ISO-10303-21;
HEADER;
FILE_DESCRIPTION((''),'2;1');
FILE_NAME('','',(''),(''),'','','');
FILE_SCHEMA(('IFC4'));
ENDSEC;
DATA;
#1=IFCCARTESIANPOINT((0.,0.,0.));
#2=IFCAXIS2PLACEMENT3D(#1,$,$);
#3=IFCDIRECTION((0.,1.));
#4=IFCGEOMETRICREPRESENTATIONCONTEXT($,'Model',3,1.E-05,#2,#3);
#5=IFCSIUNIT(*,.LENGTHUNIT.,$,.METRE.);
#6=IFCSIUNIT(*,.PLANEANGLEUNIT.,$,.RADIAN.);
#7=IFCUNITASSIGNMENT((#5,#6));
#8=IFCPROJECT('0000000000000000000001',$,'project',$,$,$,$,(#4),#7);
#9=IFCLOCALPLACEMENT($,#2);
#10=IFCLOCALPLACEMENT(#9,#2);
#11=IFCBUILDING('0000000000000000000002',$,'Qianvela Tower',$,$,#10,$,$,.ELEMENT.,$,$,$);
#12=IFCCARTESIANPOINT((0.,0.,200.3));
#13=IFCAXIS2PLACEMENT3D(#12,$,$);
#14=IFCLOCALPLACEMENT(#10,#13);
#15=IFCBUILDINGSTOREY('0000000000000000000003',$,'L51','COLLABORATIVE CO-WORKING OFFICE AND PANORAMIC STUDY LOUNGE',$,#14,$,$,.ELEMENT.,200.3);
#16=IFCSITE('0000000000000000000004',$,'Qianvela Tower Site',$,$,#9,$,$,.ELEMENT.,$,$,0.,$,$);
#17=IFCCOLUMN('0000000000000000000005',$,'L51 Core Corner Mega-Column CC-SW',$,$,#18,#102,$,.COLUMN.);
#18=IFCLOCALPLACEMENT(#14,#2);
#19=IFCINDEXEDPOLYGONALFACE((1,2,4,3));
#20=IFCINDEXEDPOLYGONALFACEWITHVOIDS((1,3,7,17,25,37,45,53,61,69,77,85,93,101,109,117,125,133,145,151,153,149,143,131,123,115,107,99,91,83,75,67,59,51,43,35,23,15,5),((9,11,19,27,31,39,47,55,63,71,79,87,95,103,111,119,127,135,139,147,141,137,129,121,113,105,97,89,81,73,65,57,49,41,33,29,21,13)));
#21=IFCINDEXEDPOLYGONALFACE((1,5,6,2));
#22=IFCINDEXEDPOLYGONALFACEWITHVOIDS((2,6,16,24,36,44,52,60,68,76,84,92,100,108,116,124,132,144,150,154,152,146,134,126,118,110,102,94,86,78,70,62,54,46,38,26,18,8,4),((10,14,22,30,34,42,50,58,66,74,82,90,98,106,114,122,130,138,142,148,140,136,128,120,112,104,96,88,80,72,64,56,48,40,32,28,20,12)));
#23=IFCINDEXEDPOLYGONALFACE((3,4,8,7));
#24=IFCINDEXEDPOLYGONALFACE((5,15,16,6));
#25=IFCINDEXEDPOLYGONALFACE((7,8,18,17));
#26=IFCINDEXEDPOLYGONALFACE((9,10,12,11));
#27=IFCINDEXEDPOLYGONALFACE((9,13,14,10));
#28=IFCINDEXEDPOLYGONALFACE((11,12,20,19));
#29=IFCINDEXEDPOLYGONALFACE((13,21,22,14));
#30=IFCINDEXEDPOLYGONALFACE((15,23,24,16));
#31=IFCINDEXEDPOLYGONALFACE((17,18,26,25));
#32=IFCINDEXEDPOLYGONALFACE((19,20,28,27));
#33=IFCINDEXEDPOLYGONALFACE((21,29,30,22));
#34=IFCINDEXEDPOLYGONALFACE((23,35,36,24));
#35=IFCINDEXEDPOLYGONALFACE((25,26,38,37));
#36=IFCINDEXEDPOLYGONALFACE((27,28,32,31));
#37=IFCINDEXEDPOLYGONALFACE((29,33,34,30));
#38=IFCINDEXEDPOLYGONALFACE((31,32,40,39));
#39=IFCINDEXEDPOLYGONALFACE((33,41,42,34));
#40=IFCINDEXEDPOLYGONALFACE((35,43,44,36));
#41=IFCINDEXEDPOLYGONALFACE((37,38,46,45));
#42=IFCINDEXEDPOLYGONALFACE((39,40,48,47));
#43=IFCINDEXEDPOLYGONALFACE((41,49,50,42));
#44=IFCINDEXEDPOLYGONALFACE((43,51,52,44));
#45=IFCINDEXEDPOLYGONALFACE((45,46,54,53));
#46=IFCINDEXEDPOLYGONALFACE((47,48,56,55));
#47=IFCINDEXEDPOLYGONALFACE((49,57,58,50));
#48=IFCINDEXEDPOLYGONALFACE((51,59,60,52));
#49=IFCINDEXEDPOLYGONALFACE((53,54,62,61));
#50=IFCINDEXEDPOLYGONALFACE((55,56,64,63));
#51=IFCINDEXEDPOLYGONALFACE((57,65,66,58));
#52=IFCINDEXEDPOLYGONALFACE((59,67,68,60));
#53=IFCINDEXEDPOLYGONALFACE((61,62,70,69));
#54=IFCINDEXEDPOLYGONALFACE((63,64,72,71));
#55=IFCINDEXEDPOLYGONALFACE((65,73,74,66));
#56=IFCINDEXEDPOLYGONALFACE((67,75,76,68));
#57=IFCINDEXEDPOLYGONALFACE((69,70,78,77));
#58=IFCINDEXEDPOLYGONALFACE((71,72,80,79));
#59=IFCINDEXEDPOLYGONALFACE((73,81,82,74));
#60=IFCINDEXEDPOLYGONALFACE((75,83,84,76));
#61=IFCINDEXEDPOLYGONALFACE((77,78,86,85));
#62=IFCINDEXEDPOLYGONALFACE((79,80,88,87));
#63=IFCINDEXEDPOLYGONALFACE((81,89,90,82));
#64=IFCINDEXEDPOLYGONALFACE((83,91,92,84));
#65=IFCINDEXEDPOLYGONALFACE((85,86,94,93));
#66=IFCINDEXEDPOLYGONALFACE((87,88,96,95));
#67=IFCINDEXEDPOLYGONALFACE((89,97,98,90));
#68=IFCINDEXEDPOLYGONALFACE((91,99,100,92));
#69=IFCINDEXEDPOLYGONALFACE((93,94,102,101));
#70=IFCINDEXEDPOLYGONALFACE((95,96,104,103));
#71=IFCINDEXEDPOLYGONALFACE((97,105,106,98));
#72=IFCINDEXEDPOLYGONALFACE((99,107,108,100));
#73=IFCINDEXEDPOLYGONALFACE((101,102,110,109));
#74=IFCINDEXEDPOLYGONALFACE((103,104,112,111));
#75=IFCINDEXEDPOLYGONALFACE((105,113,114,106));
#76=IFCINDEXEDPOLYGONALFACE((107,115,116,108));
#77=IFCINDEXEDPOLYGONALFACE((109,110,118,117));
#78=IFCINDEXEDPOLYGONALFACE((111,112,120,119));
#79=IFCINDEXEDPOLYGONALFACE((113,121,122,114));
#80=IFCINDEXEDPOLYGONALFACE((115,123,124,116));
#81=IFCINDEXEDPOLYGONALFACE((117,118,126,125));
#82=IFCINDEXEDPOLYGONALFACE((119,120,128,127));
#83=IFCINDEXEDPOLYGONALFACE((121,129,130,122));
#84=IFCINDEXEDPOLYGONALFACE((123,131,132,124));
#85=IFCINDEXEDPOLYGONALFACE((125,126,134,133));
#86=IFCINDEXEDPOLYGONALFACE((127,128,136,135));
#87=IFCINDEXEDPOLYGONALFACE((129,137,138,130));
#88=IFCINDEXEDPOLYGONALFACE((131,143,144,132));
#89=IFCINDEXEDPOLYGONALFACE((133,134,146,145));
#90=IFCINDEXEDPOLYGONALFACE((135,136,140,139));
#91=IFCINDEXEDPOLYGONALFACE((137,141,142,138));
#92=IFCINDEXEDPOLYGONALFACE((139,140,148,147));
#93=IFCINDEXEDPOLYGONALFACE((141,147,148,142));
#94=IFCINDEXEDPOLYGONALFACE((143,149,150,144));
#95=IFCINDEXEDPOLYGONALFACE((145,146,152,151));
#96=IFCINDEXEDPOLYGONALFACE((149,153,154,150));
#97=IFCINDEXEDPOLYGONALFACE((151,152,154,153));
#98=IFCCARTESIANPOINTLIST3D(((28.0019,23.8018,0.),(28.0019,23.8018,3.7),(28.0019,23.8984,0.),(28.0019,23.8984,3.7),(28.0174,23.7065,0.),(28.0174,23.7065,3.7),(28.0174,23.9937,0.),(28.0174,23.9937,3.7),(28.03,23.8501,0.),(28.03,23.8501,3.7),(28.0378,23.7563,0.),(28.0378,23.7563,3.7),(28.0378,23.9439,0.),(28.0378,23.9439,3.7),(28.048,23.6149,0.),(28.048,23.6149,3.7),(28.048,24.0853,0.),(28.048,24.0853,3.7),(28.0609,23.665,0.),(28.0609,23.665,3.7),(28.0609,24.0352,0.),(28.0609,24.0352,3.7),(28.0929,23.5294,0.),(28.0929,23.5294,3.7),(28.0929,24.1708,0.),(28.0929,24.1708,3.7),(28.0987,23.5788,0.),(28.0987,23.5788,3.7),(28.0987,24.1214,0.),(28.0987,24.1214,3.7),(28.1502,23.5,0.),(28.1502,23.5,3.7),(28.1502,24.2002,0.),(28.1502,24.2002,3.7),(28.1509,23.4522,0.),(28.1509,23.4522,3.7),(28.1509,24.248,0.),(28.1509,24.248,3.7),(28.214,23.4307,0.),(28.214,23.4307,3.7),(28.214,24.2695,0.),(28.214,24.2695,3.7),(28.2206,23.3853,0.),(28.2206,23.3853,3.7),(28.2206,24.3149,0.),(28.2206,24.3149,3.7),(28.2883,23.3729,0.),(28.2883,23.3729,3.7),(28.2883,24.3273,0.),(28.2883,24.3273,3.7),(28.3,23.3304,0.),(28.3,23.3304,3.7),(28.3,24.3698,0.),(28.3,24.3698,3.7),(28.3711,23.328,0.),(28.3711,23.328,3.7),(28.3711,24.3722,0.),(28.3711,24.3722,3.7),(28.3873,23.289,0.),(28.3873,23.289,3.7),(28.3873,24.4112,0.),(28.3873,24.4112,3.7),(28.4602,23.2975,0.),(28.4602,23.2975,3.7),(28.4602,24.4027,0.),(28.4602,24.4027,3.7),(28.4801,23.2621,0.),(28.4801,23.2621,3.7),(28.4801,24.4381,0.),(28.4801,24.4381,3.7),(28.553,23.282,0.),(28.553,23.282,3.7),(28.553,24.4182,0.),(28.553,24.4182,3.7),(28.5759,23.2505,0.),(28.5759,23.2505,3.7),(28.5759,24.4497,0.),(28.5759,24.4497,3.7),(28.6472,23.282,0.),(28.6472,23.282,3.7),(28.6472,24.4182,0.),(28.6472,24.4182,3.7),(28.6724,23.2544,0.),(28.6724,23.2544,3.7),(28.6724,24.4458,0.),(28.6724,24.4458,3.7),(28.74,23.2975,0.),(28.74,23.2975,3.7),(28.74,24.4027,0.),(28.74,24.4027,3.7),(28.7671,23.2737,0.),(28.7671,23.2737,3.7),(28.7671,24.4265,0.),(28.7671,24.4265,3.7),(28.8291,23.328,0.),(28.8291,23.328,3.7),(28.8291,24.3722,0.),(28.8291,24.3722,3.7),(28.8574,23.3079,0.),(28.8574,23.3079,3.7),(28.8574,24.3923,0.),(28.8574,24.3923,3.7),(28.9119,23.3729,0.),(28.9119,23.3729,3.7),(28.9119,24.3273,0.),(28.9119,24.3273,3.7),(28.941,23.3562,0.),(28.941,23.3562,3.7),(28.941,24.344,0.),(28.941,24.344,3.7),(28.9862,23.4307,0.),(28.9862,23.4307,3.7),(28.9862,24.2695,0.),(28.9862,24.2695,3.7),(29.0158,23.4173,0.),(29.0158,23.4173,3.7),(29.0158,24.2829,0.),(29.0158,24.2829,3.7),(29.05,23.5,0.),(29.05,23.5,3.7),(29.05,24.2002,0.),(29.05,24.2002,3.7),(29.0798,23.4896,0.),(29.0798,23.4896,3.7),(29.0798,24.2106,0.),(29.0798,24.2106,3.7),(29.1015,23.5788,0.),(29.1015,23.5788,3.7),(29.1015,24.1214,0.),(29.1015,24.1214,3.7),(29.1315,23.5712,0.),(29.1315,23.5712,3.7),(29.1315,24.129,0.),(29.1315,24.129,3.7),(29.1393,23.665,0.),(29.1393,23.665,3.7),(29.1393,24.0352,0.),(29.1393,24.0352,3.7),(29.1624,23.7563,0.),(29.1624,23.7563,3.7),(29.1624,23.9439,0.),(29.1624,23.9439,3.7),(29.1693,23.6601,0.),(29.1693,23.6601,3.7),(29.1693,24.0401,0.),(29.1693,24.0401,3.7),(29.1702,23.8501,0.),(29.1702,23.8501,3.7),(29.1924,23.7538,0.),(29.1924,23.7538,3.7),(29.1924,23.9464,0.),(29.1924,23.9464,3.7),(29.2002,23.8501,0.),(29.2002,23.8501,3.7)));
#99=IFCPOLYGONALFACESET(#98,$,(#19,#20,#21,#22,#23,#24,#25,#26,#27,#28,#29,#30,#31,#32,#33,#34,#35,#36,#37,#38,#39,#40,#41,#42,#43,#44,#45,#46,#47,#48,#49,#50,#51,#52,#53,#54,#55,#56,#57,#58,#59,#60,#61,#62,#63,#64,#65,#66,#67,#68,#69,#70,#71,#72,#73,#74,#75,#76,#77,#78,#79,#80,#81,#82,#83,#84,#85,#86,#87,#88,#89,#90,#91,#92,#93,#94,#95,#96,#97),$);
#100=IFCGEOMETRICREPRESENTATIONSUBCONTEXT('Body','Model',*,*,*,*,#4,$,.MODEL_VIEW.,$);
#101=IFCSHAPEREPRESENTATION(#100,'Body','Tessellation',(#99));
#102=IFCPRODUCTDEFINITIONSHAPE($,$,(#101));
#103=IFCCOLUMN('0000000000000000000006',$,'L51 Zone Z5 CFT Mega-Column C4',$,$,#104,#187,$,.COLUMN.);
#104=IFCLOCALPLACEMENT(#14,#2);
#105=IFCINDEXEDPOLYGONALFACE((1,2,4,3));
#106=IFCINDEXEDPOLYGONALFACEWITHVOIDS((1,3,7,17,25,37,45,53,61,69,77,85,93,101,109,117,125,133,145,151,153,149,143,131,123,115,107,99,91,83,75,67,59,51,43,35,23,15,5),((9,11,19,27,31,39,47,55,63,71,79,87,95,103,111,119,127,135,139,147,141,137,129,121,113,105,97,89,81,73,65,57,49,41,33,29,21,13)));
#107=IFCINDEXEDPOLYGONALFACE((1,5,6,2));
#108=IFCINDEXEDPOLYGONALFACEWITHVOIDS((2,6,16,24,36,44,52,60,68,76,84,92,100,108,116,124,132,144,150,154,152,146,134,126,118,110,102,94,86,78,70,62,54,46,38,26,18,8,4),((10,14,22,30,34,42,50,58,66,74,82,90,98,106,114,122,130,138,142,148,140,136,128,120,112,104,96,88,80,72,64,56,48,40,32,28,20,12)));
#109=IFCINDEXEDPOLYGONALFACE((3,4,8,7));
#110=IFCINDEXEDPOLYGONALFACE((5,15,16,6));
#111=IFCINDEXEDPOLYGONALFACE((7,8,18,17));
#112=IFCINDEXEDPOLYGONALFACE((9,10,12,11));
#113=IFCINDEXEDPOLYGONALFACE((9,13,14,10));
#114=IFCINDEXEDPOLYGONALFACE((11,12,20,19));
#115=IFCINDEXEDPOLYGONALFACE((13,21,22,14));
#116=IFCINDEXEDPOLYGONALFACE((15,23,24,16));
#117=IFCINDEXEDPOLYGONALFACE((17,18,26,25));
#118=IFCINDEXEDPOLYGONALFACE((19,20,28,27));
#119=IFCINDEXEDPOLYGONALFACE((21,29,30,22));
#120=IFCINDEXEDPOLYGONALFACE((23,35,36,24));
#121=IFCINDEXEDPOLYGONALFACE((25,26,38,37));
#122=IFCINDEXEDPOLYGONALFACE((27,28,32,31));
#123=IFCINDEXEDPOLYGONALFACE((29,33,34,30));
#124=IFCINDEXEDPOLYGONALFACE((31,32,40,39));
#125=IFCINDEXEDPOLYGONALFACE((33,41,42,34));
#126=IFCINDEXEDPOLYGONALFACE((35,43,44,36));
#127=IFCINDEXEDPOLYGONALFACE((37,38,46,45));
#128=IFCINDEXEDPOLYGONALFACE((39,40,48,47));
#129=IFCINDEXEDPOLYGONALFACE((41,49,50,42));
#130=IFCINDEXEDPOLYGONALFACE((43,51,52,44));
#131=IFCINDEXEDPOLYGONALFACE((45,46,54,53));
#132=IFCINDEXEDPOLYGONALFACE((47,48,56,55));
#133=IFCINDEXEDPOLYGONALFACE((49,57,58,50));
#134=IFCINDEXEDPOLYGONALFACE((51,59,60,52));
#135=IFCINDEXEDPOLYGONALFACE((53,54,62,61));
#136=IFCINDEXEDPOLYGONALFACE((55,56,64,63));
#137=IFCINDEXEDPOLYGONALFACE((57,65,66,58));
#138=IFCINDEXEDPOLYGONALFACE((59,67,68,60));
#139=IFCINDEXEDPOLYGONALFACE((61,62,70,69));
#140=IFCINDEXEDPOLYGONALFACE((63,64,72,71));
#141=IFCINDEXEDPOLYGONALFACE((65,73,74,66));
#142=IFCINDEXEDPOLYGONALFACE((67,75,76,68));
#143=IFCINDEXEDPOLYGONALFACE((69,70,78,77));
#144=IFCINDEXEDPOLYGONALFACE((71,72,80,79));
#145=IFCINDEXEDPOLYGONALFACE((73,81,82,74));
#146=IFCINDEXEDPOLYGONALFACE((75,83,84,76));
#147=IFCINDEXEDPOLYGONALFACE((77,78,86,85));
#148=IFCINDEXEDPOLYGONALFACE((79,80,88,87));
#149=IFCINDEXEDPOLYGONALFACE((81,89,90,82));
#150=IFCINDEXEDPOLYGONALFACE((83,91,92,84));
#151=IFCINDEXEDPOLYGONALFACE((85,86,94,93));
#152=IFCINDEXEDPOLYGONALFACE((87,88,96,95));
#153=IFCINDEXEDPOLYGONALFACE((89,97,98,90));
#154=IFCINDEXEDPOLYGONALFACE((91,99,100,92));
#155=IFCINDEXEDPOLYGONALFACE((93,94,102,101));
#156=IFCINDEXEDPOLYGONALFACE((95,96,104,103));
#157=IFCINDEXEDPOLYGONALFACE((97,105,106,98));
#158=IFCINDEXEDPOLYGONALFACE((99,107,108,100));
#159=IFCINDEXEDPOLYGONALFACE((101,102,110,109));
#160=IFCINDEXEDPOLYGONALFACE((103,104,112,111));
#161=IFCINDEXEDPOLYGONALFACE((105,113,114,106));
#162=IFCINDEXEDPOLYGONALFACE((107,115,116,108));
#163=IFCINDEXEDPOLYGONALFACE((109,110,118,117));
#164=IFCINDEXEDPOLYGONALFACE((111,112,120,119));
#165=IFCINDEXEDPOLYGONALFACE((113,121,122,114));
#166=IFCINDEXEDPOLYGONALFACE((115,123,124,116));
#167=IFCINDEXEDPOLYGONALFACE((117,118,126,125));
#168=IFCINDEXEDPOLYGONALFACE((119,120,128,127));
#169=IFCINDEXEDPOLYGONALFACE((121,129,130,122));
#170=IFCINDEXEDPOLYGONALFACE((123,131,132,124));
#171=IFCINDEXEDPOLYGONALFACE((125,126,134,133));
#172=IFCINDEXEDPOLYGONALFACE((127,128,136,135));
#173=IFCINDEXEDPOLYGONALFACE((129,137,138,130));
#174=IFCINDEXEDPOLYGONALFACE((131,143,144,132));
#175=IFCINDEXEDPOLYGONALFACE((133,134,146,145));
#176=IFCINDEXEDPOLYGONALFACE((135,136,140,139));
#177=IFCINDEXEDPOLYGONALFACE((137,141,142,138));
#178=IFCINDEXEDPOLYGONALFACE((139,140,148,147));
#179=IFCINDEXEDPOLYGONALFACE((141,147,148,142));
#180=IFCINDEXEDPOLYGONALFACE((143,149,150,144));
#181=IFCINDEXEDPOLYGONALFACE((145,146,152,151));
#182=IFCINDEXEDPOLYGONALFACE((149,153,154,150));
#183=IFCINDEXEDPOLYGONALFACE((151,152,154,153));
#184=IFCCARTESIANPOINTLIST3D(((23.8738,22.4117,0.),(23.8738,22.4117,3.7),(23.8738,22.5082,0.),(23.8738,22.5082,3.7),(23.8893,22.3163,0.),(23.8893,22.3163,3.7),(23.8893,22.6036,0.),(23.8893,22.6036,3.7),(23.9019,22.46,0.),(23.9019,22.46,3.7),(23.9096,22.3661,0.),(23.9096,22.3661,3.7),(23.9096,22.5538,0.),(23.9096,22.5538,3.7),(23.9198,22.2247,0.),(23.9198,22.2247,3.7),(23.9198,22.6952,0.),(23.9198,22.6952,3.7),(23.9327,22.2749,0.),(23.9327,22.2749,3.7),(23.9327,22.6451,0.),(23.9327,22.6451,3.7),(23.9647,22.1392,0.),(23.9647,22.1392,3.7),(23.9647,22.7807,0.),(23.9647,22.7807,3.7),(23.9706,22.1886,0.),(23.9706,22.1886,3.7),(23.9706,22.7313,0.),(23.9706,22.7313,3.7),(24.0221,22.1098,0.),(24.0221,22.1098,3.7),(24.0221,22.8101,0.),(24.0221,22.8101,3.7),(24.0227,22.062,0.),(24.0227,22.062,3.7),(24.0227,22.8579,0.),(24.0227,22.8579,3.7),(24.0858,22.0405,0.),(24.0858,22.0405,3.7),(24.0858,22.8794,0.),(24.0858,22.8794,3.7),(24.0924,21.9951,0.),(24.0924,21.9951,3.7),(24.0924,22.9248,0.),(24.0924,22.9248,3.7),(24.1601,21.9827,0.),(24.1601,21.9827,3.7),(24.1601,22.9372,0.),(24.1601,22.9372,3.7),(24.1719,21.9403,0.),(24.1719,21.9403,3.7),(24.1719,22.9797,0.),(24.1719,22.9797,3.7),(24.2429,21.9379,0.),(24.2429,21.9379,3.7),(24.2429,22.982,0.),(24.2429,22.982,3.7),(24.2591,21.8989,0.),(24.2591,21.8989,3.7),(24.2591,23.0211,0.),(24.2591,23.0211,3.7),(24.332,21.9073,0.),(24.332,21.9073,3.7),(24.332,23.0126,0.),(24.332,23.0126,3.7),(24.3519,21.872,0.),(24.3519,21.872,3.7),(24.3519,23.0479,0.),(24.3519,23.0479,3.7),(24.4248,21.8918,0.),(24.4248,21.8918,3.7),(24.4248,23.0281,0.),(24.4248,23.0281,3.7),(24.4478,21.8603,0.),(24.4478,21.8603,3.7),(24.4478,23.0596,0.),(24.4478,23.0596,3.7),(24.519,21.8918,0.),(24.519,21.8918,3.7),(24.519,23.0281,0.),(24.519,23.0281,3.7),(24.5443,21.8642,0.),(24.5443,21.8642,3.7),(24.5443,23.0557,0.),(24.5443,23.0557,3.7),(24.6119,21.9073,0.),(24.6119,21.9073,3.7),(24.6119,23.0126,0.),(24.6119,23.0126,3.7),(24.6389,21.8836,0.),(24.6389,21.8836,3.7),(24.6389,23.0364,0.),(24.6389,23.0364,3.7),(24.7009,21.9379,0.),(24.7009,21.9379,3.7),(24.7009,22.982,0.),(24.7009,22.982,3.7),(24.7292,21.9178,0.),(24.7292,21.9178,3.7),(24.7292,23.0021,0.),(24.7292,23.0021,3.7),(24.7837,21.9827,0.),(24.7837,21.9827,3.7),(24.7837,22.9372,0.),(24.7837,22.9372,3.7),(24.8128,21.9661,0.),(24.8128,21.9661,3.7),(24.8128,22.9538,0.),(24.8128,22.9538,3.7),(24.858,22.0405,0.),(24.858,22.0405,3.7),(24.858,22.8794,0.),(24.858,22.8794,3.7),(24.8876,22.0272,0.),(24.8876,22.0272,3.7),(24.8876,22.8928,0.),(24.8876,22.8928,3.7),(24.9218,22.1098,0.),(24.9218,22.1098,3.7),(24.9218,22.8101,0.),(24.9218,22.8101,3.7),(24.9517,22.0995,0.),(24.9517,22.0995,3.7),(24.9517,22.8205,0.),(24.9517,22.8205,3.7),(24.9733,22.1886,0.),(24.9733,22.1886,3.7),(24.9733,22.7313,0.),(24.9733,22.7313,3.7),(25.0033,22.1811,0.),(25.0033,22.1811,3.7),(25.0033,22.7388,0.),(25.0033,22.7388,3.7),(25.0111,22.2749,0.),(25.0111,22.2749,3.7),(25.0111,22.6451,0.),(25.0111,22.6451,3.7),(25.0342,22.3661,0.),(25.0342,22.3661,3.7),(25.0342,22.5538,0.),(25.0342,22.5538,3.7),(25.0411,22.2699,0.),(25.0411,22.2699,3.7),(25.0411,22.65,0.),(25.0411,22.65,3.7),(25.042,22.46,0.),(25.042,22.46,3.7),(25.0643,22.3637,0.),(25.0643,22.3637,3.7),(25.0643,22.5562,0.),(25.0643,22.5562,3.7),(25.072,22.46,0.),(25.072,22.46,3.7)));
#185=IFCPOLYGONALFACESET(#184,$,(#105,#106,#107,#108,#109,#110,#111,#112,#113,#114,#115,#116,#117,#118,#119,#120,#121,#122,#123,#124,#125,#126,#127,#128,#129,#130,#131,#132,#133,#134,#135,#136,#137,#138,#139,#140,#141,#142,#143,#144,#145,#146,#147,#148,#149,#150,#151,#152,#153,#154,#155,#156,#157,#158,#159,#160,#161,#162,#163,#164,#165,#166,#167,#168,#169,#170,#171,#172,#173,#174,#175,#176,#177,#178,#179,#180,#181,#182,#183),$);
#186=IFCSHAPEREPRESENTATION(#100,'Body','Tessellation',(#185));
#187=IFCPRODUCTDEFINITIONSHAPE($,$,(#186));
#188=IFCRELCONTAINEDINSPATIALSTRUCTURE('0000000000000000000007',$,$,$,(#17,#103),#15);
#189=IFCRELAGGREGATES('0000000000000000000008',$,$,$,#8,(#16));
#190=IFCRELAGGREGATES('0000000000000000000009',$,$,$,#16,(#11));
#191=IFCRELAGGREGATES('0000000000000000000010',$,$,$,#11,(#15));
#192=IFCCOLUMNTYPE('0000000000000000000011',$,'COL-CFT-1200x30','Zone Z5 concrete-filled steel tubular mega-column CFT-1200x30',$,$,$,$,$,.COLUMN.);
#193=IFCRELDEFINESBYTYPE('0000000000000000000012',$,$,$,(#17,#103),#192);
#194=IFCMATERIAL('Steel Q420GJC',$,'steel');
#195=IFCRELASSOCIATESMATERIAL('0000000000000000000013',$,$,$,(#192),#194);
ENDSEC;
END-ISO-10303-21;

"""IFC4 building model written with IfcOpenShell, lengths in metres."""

from ifc_helpers import new_model, si_unit, direction, frame, origin, origin_2d, place, context, subcontext, project, spatial, hollow_circle, extrude, material, material_profile, profile_set, type_object, element, save


model = new_model("IFC4")

# Units and contexts
model_context = context("Model", 3, precision=1e-05, world=origin(), true_north=direction((0.0, 1.0)))
body_context = subcontext(model_context, "Body", "Model", "MODEL_VIEW")
ifc_project = project(units=[si_unit("LENGTHUNIT", "METRE"), si_unit("PLANEANGLEUNIT", "RADIAN")], contexts=[model_context])

# Site, building, storey
site_placement = place(None, origin())
site = spatial("IfcSite", under=ifc_project, at=site_placement, Name="Qianvela Tower Site", CompositionType="ELEMENT", RefElevation=0.0)
building_placement = place(site_placement, origin())
building = spatial("IfcBuilding", under=site, at=building_placement, Name="Qianvela Tower", CompositionType="ELEMENT")
storey_placement = place(building_placement, frame((0.0, 0.0, 200.3)))
storey = spatial("IfcBuildingStorey", under=building, at=storey_placement, Name="L51", Description="COLLABORATIVE CO-WORKING OFFICE AND PANORAMIC STUDY LOUNGE", CompositionType="ELEMENT", Elevation=200.3)

# Columns
ifc_material_1 = material(Name="Steel Q420GJC", Category="steel")
ifc_material_profile_1 = material_profile(ifc_material_1, hollow_circle(Radius=0.6001, WallThickness=0.03, at=origin_2d()), Name="CFT-1200x30")
ifc_profile_set_1 = profile_set([ifc_material_profile_1], Name="Steel Q420GJC")
column_type = type_object("IfcColumnType", Name="COL-CFT-1200x30", Description="Zone Z5 concrete-filled steel tubular mega-column CFT-1200x30", PredefinedType="COLUMN", material=ifc_profile_set_1)
for number, where, z_axis, x_axis, name in (
    (1, (28.6001, 23.8501, 0.0), (0.0, 0.0, 1.0), (1.0, 0.0, 0.0), "L51 Core Corner Mega-Column CC-SW"),
    (2, (24.4719, 22.46, 0.0), (0.0, 0.0, 1.0), (1.0, 0.0, 0.0), "L51 Zone Z5 CFT Mega-Column C4"),
):
    element("IfcColumn", number, at=place(storey_placement, frame(where, z_axis=z_axis, x_axis=x_axis)), inside=storey, type_object=column_type, Name=name, PredefinedType="COLUMN", context=body_context, shape_type="SweptSolid", body=[
        extrude(hollow_circle(Radius=0.6001, WallThickness=0.03, at=origin_2d()), origin(), (0.0, 0.0, 1.0), 3.7),
    ])

save(model, "model.ifc")
